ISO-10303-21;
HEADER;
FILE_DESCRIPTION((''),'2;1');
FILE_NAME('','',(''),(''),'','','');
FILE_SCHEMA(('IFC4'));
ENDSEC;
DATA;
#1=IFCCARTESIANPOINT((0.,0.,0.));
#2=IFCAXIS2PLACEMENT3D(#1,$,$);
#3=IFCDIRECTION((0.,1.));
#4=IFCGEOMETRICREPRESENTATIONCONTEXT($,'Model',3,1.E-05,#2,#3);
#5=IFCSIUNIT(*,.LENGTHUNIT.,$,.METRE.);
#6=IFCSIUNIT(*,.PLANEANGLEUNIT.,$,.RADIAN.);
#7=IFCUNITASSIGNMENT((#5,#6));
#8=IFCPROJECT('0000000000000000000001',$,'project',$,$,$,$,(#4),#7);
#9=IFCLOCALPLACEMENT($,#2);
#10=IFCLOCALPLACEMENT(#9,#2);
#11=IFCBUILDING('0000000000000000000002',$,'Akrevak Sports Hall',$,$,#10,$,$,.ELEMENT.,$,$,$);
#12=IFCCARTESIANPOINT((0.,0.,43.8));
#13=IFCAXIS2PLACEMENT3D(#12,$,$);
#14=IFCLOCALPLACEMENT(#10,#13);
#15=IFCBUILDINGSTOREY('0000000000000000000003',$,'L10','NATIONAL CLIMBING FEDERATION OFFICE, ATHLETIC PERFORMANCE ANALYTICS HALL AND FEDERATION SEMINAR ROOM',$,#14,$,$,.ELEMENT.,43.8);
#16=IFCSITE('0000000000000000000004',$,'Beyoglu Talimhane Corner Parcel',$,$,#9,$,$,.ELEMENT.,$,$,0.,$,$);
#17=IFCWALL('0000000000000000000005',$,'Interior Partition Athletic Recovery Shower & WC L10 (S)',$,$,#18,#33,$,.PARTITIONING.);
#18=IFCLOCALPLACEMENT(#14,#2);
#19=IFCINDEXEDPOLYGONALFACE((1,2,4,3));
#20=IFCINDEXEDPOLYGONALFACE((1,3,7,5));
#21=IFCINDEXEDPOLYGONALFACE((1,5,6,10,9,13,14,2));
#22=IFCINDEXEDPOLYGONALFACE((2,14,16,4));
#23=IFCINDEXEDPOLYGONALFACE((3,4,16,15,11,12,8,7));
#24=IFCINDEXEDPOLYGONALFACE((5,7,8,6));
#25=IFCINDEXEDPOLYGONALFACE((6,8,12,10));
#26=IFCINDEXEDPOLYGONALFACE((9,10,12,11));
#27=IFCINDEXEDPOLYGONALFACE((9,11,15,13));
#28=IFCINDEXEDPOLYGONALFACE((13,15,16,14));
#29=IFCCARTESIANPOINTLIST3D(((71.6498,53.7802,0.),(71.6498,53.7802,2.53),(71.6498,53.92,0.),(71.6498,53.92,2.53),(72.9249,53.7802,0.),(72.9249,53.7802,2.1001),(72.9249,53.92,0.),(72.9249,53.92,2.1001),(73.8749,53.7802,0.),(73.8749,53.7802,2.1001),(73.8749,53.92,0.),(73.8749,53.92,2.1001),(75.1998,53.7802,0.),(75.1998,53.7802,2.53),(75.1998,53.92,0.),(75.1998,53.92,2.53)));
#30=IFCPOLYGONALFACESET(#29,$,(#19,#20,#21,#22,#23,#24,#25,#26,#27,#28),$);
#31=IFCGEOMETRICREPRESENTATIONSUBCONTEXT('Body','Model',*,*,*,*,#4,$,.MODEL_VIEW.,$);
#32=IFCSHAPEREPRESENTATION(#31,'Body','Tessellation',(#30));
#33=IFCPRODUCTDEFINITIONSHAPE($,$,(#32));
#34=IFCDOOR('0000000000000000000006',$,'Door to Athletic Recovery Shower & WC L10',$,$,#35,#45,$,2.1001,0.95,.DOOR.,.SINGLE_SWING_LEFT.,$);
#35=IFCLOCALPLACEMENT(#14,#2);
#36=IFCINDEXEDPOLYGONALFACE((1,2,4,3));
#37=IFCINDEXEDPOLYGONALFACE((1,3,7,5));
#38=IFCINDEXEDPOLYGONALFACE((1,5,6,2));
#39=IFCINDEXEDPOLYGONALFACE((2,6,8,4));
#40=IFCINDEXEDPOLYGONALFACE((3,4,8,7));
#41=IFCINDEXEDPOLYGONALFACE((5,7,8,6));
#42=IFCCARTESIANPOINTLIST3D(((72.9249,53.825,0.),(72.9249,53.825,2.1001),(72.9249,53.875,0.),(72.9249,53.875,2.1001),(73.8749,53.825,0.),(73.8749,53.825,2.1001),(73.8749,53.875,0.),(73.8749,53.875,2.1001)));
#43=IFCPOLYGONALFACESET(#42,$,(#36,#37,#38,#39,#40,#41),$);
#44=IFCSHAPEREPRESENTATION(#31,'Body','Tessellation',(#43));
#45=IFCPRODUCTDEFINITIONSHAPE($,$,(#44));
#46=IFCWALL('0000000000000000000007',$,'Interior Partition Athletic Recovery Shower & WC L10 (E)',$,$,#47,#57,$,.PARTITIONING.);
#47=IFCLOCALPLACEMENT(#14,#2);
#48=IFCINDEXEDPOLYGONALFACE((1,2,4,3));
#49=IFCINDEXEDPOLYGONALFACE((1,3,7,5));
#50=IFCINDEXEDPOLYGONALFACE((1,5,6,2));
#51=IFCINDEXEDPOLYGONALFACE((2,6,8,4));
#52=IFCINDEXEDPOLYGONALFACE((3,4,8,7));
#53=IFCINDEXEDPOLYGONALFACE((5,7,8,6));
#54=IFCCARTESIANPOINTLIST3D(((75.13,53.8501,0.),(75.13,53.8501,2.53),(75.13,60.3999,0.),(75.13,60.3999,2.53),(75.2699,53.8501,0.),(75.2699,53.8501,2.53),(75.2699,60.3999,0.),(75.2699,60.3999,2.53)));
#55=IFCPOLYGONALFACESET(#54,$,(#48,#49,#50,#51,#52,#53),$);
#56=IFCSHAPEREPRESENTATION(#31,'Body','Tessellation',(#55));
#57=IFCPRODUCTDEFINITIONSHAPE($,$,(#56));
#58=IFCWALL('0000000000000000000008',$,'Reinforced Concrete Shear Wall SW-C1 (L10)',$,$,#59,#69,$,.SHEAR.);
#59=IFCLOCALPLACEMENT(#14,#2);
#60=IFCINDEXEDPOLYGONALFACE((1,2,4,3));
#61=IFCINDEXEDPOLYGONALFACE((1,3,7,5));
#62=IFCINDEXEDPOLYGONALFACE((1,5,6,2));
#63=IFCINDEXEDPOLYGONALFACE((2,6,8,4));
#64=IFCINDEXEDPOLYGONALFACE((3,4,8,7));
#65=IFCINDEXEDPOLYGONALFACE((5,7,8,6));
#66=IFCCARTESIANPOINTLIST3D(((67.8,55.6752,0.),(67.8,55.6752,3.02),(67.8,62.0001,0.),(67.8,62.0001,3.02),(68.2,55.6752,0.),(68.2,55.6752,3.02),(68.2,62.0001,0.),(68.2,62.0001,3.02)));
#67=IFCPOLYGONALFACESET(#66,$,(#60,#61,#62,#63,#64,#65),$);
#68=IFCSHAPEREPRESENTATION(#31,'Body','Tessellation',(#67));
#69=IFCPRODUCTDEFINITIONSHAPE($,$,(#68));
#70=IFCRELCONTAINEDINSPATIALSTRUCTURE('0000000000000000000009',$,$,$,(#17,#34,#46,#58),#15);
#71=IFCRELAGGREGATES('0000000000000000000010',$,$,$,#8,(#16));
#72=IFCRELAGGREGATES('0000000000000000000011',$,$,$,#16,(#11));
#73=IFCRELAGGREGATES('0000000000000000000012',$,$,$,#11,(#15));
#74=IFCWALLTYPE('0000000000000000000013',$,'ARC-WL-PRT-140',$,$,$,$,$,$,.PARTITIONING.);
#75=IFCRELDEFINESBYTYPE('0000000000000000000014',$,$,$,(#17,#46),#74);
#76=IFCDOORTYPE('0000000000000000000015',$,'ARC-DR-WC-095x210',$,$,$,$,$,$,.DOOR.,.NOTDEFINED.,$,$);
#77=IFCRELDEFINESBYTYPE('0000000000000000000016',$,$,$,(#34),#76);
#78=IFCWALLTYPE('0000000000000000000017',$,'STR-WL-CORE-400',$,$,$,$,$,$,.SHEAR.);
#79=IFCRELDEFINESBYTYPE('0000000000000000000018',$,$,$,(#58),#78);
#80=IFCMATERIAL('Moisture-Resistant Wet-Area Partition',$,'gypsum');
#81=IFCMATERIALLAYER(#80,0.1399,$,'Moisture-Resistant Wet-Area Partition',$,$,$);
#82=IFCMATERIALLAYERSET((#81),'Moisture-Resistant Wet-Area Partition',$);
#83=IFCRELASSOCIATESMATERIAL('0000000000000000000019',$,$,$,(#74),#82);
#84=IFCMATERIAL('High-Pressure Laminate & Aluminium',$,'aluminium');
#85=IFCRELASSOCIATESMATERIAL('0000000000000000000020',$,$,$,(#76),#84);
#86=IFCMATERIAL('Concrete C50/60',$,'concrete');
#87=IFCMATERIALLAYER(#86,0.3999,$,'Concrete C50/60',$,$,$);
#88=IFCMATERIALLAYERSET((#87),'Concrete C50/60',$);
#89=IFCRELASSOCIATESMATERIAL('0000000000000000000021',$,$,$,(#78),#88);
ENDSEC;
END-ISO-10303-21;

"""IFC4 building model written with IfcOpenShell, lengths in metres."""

from ifc_helpers import new_model, si_unit, direction, frame, frame_2d, origin, place, context, subcontext, project, spatial, rectangle, extrude, material, layer, layer_set, type_object, element, fill, save


model = new_model("IFC4")

# Units and contexts
model_context = context("Model", 3, precision=1e-05, world=origin(), true_north=direction((0.0, 1.0)))
body_context = subcontext(model_context, "Body", "Model", "MODEL_VIEW")
ifc_project = project(units=[si_unit("LENGTHUNIT", "METRE"), si_unit("PLANEANGLEUNIT", "RADIAN")], contexts=[model_context])

# Site, building, storey
site_placement = place(None, origin())
site = spatial("IfcSite", under=ifc_project, at=site_placement, Name="Beyoglu Talimhane Corner Parcel", CompositionType="ELEMENT", RefElevation=0.0)
building_placement = place(site_placement, origin())
building = spatial("IfcBuilding", under=site, at=building_placement, Name="Akrevak Sports Hall", CompositionType="ELEMENT")
storey_placement = place(building_placement, frame((0.0, 0.0, 43.8)))
storey = spatial("IfcBuildingStorey", under=building, at=storey_placement, Name="L10", Description="NATIONAL CLIMBING FEDERATION OFFICE, ATHLETIC PERFORMANCE ANALYTICS HALL AND FEDERATION SEMINAR ROOM", CompositionType="ELEMENT", Elevation=43.8)

# Shared definitions
ifc_material_1 = material(Name="Concrete C50/60", Category="concrete")

# Shared definitions
ifc_material_2 = material(Name="Moisture-Resistant Wet-Area Partition", Category="gypsum")
ifc_layer_1 = layer(ifc_material_2, 0.1399, Name="Moisture-Resistant Wet-Area Partition")
ifc_layer_set_1 = layer_set([ifc_layer_1], Name="Moisture-Resistant Wet-Area Partition")
wall_type_1 = type_object("IfcWallType", Name="ARC-WL-PRT-140", PredefinedType="PARTITIONING", material=ifc_layer_set_1)
ifc_material_3 = material(Name="High-Pressure Laminate & Aluminium", Category="aluminium")

# Wall, opening, door
wall_1_placement = place(storey_placement, frame((71.6499, 53.8501, 0.0), z_axis=(0.0, 0.0, 1.0), x_axis=(1.0, 0.0, 0.0)))
wall_1 = element("IfcWall", 1, at=wall_1_placement, inside=storey, type_object=wall_type_1, Name="Interior Partition Athletic Recovery Shower & WC L10 (S)", PredefinedType="PARTITIONING", context=body_context, shape_type="SweptSolid", body=[
    extrude(rectangle(XDim=3.55, YDim=0.1399, at=frame_2d((1.7749, 0.0))), origin(), (0.0, 0.0, 1.0), 2.53),
])
opening_1_placement = place(wall_1_placement, frame((1.2749, 0.0, 0.0)))
opening_1 = element("IfcOpeningElement", 2, at=opening_1_placement, cuts=wall_1, PredefinedType="OPENING", context=body_context, shape_type="SweptSolid", body=[
    extrude(rectangle(XDim=0.95, YDim=2.1001, at=frame_2d((0.4751, 1.05))), frame((0.0, 0.082, 0.0), z_axis=(0.0, -1.0, 0.0), x_axis=(1.0, 0.0, 0.0)), (0.0, 0.0, 1.0), 0.1638),
])
door_type_1 = type_object("IfcDoorType", Name="ARC-DR-WC-095x210", OperationType="NOTDEFINED", PredefinedType="DOOR", material=ifc_material_3)
door_1_placement = place(opening_1_placement, origin())
door_1 = element("IfcDoor", 3, at=door_1_placement, inside=storey, type_object=door_type_1, Name="Door to Athletic Recovery Shower & WC L10", OperationType="SINGLE_SWING_LEFT", OverallHeight=2.1001, OverallWidth=0.95, PredefinedType="DOOR", context=body_context, shape_type="SweptSolid", body=[
    extrude(rectangle(XDim=0.95, YDim=2.1001, at=frame_2d((0.4751, 1.05))), frame((0.0, 0.0249, 0.0), z_axis=(0.0, -1.0, 0.0), x_axis=(1.0, 0.0, 0.0)), (0.0, 0.0, 1.0), 0.05),
])
fill(opening_1, door_1)

# Walls
wall_2_placement = place(storey_placement, frame((75.2, 53.8501, 0.0), z_axis=(0.0, 0.0, 1.0), x_axis=(0.0, 1.0, 0.0)))
element("IfcWall", 4, at=wall_2_placement, inside=storey, type_object=wall_type_1, Name="Interior Partition Athletic Recovery Shower & WC L10 (E)", PredefinedType="PARTITIONING", context=body_context, shape_type="SweptSolid", body=[
    extrude(rectangle(XDim=6.5498, YDim=0.1399, at=frame_2d((3.2749, 0.0))), origin(), (0.0, 0.0, 1.0), 2.53),
])
ifc_layer_2 = layer(ifc_material_1, 0.3999, Name="Concrete C50/60")
ifc_layer_set_2 = layer_set([ifc_layer_2], Name="Concrete C50/60")
wall_type_2 = type_object("IfcWallType", Name="STR-WL-CORE-400", PredefinedType="SHEAR", material=ifc_layer_set_2)
wall_3_placement = place(storey_placement, frame((68.0, 55.675, 0.0), z_axis=(0.0, 0.0, 1.0), x_axis=(0.0, 1.0, 0.0)))
element("IfcWall", 5, at=wall_3_placement, inside=storey, type_object=wall_type_2, Name="Reinforced Concrete Shear Wall SW-C1 (L10)", PredefinedType="SHEAR", context=body_context, shape_type="SweptSolid", body=[
    extrude(rectangle(XDim=6.325, YDim=0.3999, at=frame_2d((3.1626, 0.0))), origin(), (0.0, 0.0, 1.0), 3.02),
])

save(model, "model.ifc")
